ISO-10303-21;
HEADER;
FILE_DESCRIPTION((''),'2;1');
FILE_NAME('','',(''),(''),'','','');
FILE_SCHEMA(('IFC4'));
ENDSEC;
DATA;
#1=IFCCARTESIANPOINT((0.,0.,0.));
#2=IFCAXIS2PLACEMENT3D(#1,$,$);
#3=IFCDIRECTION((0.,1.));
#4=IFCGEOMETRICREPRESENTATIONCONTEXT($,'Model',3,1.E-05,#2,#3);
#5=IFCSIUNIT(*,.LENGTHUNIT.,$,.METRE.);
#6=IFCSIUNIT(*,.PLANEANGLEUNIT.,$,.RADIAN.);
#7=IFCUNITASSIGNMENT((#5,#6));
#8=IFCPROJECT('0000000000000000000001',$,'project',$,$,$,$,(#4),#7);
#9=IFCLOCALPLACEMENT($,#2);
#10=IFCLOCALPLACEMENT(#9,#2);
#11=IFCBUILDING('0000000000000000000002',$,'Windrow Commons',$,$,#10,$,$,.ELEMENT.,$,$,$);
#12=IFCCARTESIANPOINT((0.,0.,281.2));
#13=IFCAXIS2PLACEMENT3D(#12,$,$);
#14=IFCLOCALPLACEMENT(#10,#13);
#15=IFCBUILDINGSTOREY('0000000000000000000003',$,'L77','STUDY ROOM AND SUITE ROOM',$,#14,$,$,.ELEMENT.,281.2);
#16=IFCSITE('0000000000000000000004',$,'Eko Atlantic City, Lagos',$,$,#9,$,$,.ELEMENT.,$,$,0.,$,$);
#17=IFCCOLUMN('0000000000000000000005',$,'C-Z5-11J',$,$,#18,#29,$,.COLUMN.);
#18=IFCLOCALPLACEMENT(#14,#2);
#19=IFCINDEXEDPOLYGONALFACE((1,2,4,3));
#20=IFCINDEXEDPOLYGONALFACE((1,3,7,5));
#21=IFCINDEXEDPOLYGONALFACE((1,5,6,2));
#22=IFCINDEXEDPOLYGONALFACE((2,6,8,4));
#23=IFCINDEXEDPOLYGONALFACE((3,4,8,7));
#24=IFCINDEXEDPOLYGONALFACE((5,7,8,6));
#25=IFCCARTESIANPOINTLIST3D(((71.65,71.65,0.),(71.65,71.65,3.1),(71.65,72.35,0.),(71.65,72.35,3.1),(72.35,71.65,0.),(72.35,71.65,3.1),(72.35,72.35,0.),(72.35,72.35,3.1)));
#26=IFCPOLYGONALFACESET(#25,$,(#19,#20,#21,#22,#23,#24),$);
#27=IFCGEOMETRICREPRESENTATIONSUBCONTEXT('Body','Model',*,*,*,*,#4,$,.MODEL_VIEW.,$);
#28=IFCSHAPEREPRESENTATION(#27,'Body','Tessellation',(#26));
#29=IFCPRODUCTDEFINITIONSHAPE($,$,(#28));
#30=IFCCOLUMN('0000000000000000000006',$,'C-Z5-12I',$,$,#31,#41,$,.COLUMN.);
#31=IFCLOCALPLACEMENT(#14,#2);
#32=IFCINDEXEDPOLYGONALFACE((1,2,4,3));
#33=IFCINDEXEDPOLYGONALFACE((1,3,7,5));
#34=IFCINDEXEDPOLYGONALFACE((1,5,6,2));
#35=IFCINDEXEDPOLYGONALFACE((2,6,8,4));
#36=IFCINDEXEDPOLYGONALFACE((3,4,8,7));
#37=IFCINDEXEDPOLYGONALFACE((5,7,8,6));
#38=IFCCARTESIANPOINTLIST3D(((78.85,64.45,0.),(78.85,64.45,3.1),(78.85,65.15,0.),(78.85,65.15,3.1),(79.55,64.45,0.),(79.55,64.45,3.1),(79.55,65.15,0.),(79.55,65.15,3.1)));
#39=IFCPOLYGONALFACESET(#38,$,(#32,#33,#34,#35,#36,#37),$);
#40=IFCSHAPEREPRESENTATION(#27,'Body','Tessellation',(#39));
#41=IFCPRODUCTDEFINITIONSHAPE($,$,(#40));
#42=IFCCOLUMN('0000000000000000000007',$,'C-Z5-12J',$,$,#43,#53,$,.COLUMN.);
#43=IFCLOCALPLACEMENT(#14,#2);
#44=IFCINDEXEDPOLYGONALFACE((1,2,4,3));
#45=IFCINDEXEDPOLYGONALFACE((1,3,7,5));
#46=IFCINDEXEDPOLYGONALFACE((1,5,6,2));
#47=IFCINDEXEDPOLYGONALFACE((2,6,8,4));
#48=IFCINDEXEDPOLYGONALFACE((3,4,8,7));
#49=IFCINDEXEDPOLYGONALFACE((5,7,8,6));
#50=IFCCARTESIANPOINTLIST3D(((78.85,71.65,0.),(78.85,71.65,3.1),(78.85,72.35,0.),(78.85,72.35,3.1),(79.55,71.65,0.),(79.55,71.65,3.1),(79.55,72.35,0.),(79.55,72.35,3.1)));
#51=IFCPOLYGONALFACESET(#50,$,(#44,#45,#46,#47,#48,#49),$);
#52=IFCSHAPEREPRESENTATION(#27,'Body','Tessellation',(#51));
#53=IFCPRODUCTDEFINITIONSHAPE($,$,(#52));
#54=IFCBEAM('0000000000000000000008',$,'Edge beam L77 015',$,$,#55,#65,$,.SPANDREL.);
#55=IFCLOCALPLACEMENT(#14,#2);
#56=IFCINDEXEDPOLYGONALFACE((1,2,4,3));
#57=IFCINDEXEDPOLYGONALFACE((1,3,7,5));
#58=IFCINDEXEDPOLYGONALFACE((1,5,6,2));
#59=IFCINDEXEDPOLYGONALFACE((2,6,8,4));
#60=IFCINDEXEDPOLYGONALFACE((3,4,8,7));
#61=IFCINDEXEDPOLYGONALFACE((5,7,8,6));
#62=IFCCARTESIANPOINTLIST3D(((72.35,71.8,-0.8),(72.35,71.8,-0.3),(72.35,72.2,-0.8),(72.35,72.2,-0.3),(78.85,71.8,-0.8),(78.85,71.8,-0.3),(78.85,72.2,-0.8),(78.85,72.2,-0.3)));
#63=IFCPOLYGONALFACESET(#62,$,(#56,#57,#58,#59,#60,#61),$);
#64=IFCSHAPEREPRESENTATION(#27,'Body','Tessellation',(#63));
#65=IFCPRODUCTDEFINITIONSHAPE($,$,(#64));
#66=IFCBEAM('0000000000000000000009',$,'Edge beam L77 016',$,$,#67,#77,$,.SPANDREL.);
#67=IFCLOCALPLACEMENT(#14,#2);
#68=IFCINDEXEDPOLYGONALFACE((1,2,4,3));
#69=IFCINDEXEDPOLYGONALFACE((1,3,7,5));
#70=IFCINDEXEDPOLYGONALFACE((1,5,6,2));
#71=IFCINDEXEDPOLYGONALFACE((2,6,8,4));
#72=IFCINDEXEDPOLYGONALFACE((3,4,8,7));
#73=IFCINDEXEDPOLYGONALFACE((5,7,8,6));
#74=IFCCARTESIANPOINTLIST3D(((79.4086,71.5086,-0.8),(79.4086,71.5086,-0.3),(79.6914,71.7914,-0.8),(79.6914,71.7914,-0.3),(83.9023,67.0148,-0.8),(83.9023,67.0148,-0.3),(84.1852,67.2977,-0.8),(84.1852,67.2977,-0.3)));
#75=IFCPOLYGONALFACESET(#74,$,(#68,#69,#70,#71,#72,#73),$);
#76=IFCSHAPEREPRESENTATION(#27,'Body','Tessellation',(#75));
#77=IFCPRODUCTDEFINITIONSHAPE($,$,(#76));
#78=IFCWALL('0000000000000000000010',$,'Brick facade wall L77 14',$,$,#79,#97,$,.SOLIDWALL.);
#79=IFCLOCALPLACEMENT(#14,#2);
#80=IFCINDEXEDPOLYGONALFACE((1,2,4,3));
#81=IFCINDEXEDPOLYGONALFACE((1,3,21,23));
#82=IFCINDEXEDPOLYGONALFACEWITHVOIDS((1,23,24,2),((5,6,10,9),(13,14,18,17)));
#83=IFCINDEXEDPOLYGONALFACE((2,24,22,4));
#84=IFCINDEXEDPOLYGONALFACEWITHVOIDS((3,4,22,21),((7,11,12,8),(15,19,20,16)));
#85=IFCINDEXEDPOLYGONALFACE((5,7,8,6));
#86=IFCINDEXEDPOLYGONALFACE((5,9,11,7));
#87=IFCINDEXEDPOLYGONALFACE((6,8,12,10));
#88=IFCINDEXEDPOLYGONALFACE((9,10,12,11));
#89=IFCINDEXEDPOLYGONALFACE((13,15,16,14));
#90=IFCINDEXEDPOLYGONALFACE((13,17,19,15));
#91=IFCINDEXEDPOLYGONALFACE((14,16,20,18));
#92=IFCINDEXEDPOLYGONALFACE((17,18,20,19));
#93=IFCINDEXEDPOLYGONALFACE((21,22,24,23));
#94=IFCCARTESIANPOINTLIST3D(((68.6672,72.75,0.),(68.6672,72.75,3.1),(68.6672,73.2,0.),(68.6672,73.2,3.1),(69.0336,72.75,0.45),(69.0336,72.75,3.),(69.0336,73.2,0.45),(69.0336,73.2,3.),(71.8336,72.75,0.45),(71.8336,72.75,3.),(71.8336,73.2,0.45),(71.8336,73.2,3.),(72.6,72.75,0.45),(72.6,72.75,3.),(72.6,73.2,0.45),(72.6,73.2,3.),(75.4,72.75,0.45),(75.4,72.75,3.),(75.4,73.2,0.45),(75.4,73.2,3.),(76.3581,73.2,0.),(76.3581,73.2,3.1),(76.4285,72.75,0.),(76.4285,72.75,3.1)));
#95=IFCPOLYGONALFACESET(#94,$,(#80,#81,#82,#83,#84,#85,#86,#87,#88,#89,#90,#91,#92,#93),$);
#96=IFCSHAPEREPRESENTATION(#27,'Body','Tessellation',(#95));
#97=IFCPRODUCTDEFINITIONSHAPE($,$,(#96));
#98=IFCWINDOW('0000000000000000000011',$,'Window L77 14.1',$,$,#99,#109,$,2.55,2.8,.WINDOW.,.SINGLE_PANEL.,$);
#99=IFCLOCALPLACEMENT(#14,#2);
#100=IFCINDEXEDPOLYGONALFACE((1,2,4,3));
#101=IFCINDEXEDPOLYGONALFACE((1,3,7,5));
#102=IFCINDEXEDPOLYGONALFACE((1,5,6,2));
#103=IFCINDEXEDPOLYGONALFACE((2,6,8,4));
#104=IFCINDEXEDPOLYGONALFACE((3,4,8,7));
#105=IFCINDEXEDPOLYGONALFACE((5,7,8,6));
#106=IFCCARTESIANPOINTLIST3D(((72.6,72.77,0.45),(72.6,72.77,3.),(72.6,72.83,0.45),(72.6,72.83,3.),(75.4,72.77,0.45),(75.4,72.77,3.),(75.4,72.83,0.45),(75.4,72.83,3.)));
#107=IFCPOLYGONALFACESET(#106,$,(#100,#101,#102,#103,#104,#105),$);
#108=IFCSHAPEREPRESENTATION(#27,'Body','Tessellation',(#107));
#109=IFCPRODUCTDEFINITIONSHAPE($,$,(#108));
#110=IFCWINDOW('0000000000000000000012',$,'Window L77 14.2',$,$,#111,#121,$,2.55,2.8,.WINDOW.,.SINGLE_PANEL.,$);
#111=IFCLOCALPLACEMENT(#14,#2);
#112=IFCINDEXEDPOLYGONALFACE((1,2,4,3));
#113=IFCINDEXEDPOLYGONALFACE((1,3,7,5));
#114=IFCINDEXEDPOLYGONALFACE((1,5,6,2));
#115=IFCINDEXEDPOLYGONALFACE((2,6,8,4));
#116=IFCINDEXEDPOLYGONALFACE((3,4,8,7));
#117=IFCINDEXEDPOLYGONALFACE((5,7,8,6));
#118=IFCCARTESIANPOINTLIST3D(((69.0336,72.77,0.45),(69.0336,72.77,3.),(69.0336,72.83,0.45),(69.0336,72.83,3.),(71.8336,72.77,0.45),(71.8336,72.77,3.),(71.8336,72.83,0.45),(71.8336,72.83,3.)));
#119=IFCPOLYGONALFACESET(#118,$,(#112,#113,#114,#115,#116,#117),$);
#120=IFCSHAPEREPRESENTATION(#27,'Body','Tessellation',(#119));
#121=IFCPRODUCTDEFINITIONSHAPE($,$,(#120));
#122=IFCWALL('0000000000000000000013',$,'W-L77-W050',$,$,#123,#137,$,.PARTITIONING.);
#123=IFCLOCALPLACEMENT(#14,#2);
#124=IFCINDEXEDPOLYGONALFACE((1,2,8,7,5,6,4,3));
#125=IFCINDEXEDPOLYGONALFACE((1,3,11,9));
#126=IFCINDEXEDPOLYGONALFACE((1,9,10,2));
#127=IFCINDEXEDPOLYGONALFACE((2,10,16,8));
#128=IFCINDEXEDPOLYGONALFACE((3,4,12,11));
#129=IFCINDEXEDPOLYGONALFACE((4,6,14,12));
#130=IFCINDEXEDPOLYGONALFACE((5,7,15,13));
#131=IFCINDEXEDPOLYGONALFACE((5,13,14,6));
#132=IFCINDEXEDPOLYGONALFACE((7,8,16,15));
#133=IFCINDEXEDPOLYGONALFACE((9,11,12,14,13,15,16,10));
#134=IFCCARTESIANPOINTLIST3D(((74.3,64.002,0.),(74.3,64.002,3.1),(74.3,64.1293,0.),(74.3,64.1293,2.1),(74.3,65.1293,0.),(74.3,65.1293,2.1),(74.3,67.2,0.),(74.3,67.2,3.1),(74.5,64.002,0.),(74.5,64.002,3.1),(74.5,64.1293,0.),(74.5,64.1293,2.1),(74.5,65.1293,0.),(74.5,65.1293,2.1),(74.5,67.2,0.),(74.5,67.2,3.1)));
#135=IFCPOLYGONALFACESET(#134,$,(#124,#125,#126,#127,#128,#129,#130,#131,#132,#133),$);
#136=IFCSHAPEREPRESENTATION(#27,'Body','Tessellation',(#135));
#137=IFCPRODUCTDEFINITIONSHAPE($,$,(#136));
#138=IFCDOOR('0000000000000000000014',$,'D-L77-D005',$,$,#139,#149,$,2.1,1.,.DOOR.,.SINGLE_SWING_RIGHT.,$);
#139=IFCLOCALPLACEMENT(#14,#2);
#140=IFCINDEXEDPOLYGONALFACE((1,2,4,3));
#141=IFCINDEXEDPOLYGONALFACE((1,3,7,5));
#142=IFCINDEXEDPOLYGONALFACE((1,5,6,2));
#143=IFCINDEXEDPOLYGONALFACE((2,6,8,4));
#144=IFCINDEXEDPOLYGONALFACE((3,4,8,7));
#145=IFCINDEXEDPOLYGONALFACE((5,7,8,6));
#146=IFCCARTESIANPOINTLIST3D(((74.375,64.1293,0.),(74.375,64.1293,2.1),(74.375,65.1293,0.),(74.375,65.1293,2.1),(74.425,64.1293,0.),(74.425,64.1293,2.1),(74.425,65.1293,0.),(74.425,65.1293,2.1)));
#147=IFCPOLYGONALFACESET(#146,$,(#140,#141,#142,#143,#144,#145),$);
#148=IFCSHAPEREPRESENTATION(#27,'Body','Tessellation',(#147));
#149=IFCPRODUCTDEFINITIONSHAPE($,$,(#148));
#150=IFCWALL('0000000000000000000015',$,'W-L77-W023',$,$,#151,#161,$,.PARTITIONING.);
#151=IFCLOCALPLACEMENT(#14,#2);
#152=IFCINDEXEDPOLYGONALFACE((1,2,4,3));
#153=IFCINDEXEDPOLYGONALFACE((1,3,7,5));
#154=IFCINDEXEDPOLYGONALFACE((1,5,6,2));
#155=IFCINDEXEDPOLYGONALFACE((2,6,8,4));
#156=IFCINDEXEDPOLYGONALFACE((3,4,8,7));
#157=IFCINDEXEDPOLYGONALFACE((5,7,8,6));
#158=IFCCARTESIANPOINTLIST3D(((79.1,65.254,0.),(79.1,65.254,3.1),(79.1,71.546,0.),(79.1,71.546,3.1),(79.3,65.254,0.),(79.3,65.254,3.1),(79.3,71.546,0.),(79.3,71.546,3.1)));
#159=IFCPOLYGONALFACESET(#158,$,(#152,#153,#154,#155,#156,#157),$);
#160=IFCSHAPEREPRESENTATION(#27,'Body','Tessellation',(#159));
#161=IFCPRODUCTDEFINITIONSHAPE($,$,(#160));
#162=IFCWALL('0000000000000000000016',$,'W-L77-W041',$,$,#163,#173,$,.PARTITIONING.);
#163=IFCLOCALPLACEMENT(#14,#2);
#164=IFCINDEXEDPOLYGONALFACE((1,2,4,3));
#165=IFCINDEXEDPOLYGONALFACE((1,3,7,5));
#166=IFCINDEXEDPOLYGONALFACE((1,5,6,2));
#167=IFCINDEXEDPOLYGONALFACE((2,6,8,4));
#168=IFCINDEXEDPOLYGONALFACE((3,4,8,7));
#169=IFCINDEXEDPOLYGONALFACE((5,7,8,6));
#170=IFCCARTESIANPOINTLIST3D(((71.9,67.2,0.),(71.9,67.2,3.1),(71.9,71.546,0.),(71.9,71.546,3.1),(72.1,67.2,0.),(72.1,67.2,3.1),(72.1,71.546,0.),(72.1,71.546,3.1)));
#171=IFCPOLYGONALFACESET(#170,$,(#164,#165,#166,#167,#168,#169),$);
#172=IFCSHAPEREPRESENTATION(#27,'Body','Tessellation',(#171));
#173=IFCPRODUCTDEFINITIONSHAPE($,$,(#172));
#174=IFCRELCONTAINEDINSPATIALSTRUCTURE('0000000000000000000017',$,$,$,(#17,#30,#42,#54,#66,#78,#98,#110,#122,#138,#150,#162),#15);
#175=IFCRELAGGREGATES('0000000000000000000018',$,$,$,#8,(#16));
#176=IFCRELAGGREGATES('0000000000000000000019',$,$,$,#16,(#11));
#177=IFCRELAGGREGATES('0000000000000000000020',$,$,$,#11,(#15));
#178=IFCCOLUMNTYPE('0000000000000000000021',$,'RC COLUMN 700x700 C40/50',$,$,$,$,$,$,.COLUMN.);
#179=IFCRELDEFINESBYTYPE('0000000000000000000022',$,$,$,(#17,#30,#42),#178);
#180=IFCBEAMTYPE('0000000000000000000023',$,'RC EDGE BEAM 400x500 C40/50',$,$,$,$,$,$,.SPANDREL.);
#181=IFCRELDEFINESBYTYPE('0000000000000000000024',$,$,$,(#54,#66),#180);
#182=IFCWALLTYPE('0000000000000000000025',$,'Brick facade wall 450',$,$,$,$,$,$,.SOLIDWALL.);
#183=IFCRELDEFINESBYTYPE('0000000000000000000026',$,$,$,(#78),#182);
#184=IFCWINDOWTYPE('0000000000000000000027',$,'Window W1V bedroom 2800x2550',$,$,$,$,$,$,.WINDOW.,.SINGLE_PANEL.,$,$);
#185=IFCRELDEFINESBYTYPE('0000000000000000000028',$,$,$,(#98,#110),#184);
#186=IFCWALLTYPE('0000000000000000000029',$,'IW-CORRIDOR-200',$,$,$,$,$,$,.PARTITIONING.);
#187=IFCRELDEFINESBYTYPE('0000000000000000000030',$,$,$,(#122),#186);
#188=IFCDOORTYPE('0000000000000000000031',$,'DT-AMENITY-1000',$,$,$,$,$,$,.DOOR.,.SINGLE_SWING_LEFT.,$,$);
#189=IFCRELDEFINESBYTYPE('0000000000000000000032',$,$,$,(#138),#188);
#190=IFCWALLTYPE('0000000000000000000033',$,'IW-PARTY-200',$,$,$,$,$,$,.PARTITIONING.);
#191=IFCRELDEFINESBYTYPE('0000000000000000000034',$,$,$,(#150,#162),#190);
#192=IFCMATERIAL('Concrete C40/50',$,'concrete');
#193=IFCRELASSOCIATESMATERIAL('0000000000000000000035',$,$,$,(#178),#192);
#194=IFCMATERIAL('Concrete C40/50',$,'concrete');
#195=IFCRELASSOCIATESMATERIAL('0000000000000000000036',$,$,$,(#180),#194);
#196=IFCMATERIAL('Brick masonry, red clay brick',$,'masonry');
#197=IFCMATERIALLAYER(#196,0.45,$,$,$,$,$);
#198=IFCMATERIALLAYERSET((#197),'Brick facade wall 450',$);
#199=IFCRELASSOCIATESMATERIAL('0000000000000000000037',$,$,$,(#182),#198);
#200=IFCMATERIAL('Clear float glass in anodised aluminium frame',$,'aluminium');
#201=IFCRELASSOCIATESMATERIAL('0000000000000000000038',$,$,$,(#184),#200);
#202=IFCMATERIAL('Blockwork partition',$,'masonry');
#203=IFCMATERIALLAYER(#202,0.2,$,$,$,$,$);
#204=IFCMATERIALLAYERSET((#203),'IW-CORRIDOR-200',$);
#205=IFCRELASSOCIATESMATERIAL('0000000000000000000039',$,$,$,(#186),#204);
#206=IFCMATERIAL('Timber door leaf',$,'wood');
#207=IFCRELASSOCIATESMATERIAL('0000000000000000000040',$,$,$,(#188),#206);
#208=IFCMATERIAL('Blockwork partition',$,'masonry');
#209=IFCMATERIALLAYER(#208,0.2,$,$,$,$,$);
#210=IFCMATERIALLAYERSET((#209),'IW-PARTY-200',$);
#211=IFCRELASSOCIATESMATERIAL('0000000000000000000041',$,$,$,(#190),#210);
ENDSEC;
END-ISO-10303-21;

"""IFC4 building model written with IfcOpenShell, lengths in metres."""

from ifc_helpers import new_model, si_unit, direction, frame, frame_2d, origin, origin_2d, place, context, subcontext, project, spatial, polyline, rectangle, outline, extrude, material, layer, layer_set, material_profile, profile_set, type_object, element, fill, save


model = new_model("IFC4")

# Units and contexts
model_context = context("Model", 3, precision=1e-05, world=origin(), true_north=direction((0.0, 1.0)))
body_context = subcontext(model_context, "Body", "Model", "MODEL_VIEW")
ifc_project = project(units=[si_unit("LENGTHUNIT", "METRE"), si_unit("PLANEANGLEUNIT", "RADIAN")], contexts=[model_context])

# Site, building, storey
site_placement = place(None, origin())
site = spatial("IfcSite", under=ifc_project, at=site_placement, Name="Eko Atlantic City, Lagos", CompositionType="ELEMENT", RefElevation=0.0)
building_placement = place(site_placement, origin())
building = spatial("IfcBuilding", under=site, at=building_placement, Name="Windrow Commons", CompositionType="ELEMENT")
storey_placement = place(building_placement, frame((0.0, 0.0, 281.2)))
storey = spatial("IfcBuildingStorey", under=building, at=storey_placement, Name="L77", Description="STUDY ROOM AND SUITE ROOM", CompositionType="ELEMENT", Elevation=281.2)

# Columns
ifc_material_1 = material(Name="Concrete C40/50", Category="concrete")
ifc_material_profile_1 = material_profile(ifc_material_1, rectangle(XDim=0.7, YDim=0.7, at=origin_2d()))
ifc_profile_set_1 = profile_set([ifc_material_profile_1], Name="Concrete C40/50")
column_type = type_object("IfcColumnType", Name="RC COLUMN 700x700 C40/50", PredefinedType="COLUMN", material=ifc_profile_set_1)
for number, where, z_axis, x_axis, name in (
    (1, (72.0, 72.0, 0.0), (0.0, 0.0, 1.0), (1.0, 0.0, 0.0), "C-Z5-11J"),
    (2, (79.2, 64.8, 0.0), (0.0, 0.0, 1.0), (1.0, 0.0, 0.0), "C-Z5-12I"),
    (3, (79.2, 72.0, 0.0), (0.0, 0.0, 1.0), (1.0, 0.0, 0.0), "C-Z5-12J"),
):
    element("IfcColumn", number, at=place(storey_placement, frame(where, z_axis=z_axis, x_axis=x_axis)), inside=storey, type_object=column_type, Name=name, PredefinedType="COLUMN", context=body_context, shape_type="SweptSolid", body=[
        extrude(rectangle(XDim=0.7, YDim=0.7, at=origin_2d()), origin(), (0.0, 0.0, 1.0), 3.1),
    ])

# Beams
ifc_material_2 = material(Name="Concrete C40/50", Category="concrete")
ifc_material_profile_2 = material_profile(ifc_material_2, rectangle(XDim=0.4, YDim=0.5, at=origin_2d()))
ifc_profile_set_2 = profile_set([ifc_material_profile_2], Name="Concrete C40/50")
beam_type = type_object("IfcBeamType", Name="RC EDGE BEAM 400x500 C40/50", PredefinedType="SPANDREL", material=ifc_profile_set_2)
beam_1_placement = place(storey_placement, frame((72.35, 72.0, -0.55), z_axis=(1.0, 0.0, 0.0), x_axis=(0.0, 1.0, 0.0)))
element("IfcBeam", 4, at=beam_1_placement, inside=storey, type_object=beam_type, Name="Edge beam L77 015", PredefinedType="SPANDREL", context=body_context, shape_type="SweptSolid", body=[
    extrude(rectangle(XDim=0.4, YDim=0.5, at=origin_2d()), origin(), (0.0, 0.0, 1.0), 6.5),
])
beam_2_placement = place(storey_placement, frame((79.55, 71.65, -0.55), z_axis=(0.707107, -0.707107, 0.0), x_axis=(0.707107, 0.707107, 0.0)))
element("IfcBeam", 5, at=beam_2_placement, inside=storey, type_object=beam_type, Name="Edge beam L77 016", PredefinedType="SPANDREL", context=body_context, shape_type="SweptSolid", body=[
    extrude(rectangle(XDim=0.4, YDim=0.5, at=origin_2d()), origin(), (0.0, 0.0, 1.0), 6.3551),
])

# Wall, openings, windows
ifc_material_3 = material(Name="Brick masonry, red clay brick", Category="masonry")
ifc_layer_1 = layer(ifc_material_3, 0.45)
ifc_layer_set_1 = layer_set([ifc_layer_1], Name="Brick facade wall 450")
wall_type_1 = type_object("IfcWallType", Name="Brick facade wall 450", PredefinedType="SOLIDWALL", material=ifc_layer_set_1)
wall_1_placement = place(storey_placement, frame((76.3933, 72.975, 0.0), z_axis=(0.0, 0.0, 1.0), x_axis=(-1.0, 0.0, 0.0)))
wall_1 = element("IfcWall", 6, at=wall_1_placement, inside=storey, type_object=wall_type_1, Name="Brick facade wall L77 14", PredefinedType="SOLIDWALL", context=body_context, shape_type="SweptSolid", body=[
    extrude(outline(polyline([(0.0352, -0.225), (7.7261, -0.225), (7.7261, 0.225), (-0.0352, 0.225), (0.0352, -0.225)])), origin(), (0.0, 0.0, 1.0), 3.1),
])
opening_1_placement = place(wall_1_placement, frame((0.9933, 0.0, 0.45)))
opening_1 = element("IfcOpeningElement", 7, at=opening_1_placement, cuts=wall_1, PredefinedType="OPENING", context=body_context, shape_type="SweptSolid", body=[
    extrude(rectangle(XDim=2.8, YDim=2.55, at=frame_2d((1.4, 1.275))), frame((0.0, 0.235, 0.0), z_axis=(0.0, -1.0, 0.0), x_axis=(1.0, 0.0, 0.0)), (0.0, 0.0, 1.0), 0.47),
])
opening_2_placement = place(wall_1_placement, frame((4.5597, 0.0, 0.45)))
opening_2 = element("IfcOpeningElement", 8, at=opening_2_placement, cuts=wall_1, PredefinedType="OPENING", context=body_context, shape_type="SweptSolid", body=[
    extrude(rectangle(XDim=2.8, YDim=2.55, at=frame_2d((1.4, 1.275))), frame((0.0, 0.235, 0.0), z_axis=(0.0, -1.0, 0.0), x_axis=(1.0, 0.0, 0.0)), (0.0, 0.0, 1.0), 0.47),
])
ifc_material_4 = material(Name="Clear float glass in anodised aluminium frame", Category="aluminium")
window_type = type_object("IfcWindowType", Name="Window W1V bedroom 2800x2550", PartitioningType="SINGLE_PANEL", PredefinedType="WINDOW", material=ifc_material_4)
window_1_placement = place(opening_1_placement, origin())
window_1 = element("IfcWindow", 9, at=window_1_placement, inside=storey, type_object=window_type, Name="Window L77 14.1", OverallHeight=2.55, OverallWidth=2.8, PartitioningType="SINGLE_PANEL", PredefinedType="WINDOW", context=body_context, shape_type="SweptSolid", body=[
    extrude(rectangle(XDim=2.8, YDim=2.55, at=frame_2d((1.4, 1.275))), frame((0.0, 0.205, 0.0), z_axis=(0.0, -1.0, 0.0), x_axis=(1.0, 0.0, 0.0)), (0.0, 0.0, 1.0), 0.06),
])
fill(opening_1, window_1)
window_2_placement = place(opening_2_placement, origin())
window_2 = element("IfcWindow", 10, at=window_2_placement, inside=storey, type_object=window_type, Name="Window L77 14.2", OverallHeight=2.55, OverallWidth=2.8, PartitioningType="SINGLE_PANEL", PredefinedType="WINDOW", context=body_context, shape_type="SweptSolid", body=[
    extrude(rectangle(XDim=2.8, YDim=2.55, at=frame_2d((1.4, 1.275))), frame((0.0, 0.205, 0.0), z_axis=(0.0, -1.0, 0.0), x_axis=(1.0, 0.0, 0.0)), (0.0, 0.0, 1.0), 0.06),
])
fill(opening_2, window_2)

# Wall, opening, door
ifc_material_5 = material(Name="Blockwork partition", Category="masonry")
ifc_layer_2 = layer(ifc_material_5, 0.2)
ifc_layer_set_2 = layer_set([ifc_layer_2], Name="IW-CORRIDOR-200")
wall_type_2 = type_object("IfcWallType", Name="IW-CORRIDOR-200", PredefinedType="PARTITIONING", material=ifc_layer_set_2)
wall_2_placement = place(storey_placement, frame((74.4, 64.002, 0.0), z_axis=(0.0, 0.0, 1.0), x_axis=(0.0, 1.0, 0.0)))
wall_2 = element("IfcWall", 11, at=wall_2_placement, inside=storey, type_object=wall_type_2, Name="W-L77-W050", PredefinedType="PARTITIONING", context=body_context, shape_type="SweptSolid", body=[
    extrude(rectangle(XDim=3.198, YDim=0.2, at=frame_2d((1.599, 0.0))), origin(), (0.0, 0.0, 1.0), 3.1),
])
opening_3_placement = place(wall_2_placement, frame((0.1273, 0.0, 0.0)))
opening_3 = element("IfcOpeningElement", 12, at=opening_3_placement, cuts=wall_2, PredefinedType="OPENING", context=body_context, shape_type="SweptSolid", body=[
    extrude(rectangle(XDim=1.0, YDim=2.1, at=frame_2d((0.5, 1.05))), frame((0.0, 0.11, 0.0), z_axis=(0.0, -1.0, 0.0), x_axis=(1.0, 0.0, 0.0)), (0.0, 0.0, 1.0), 0.22),
])
ifc_material_6 = material(Name="Timber door leaf", Category="wood")
door_type = type_object("IfcDoorType", Name="DT-AMENITY-1000", OperationType="SINGLE_SWING_LEFT", PredefinedType="DOOR", material=ifc_material_6)
door_placement = place(opening_3_placement, origin())
door = element("IfcDoor", 13, at=door_placement, inside=storey, type_object=door_type, Name="D-L77-D005", OperationType="SINGLE_SWING_RIGHT", OverallHeight=2.1, OverallWidth=1.0, PredefinedType="DOOR", context=body_context, shape_type="SweptSolid", body=[
    extrude(rectangle(XDim=1.0, YDim=2.1, at=frame_2d((0.5, 1.05))), frame((0.0, 0.025, 0.0), z_axis=(0.0, -1.0, 0.0), x_axis=(1.0, 0.0, 0.0)), (0.0, 0.0, 1.0), 0.05),
])
fill(opening_3, door)

# Walls
ifc_material_7 = material(Name="Blockwork partition", Category="masonry")
ifc_layer_3 = layer(ifc_material_7, 0.2)
ifc_layer_set_3 = layer_set([ifc_layer_3], Name="IW-PARTY-200")
wall_type_3 = type_object("IfcWallType", Name="IW-PARTY-200", PredefinedType="PARTITIONING", material=ifc_layer_set_3)
wall_3_placement = place(storey_placement, frame((79.2, 65.254, 0.0), z_axis=(0.0, 0.0, 1.0), x_axis=(0.0, 1.0, 0.0)))
element("IfcWall", 14, at=wall_3_placement, inside=storey, type_object=wall_type_3, Name="W-L77-W023", PredefinedType="PARTITIONING", context=body_context, shape_type="SweptSolid", body=[
    extrude(rectangle(XDim=6.292, YDim=0.2, at=frame_2d((3.146, 0.0))), origin(), (0.0, 0.0, 1.0), 3.1),
])
wall_4_placement = place(storey_placement, frame((72.0, 67.2, 0.0), z_axis=(0.0, 0.0, 1.0), x_axis=(0.0, 1.0, 0.0)))
element("IfcWall", 15, at=wall_4_placement, inside=storey, type_object=wall_type_3, Name="W-L77-W041", PredefinedType="PARTITIONING", context=body_context, shape_type="SweptSolid", body=[
    extrude(rectangle(XDim=4.346, YDim=0.2, at=frame_2d((2.173, 0.0))), origin(), (0.0, 0.0, 1.0), 3.1),
])

save(model, "model.ifc")
